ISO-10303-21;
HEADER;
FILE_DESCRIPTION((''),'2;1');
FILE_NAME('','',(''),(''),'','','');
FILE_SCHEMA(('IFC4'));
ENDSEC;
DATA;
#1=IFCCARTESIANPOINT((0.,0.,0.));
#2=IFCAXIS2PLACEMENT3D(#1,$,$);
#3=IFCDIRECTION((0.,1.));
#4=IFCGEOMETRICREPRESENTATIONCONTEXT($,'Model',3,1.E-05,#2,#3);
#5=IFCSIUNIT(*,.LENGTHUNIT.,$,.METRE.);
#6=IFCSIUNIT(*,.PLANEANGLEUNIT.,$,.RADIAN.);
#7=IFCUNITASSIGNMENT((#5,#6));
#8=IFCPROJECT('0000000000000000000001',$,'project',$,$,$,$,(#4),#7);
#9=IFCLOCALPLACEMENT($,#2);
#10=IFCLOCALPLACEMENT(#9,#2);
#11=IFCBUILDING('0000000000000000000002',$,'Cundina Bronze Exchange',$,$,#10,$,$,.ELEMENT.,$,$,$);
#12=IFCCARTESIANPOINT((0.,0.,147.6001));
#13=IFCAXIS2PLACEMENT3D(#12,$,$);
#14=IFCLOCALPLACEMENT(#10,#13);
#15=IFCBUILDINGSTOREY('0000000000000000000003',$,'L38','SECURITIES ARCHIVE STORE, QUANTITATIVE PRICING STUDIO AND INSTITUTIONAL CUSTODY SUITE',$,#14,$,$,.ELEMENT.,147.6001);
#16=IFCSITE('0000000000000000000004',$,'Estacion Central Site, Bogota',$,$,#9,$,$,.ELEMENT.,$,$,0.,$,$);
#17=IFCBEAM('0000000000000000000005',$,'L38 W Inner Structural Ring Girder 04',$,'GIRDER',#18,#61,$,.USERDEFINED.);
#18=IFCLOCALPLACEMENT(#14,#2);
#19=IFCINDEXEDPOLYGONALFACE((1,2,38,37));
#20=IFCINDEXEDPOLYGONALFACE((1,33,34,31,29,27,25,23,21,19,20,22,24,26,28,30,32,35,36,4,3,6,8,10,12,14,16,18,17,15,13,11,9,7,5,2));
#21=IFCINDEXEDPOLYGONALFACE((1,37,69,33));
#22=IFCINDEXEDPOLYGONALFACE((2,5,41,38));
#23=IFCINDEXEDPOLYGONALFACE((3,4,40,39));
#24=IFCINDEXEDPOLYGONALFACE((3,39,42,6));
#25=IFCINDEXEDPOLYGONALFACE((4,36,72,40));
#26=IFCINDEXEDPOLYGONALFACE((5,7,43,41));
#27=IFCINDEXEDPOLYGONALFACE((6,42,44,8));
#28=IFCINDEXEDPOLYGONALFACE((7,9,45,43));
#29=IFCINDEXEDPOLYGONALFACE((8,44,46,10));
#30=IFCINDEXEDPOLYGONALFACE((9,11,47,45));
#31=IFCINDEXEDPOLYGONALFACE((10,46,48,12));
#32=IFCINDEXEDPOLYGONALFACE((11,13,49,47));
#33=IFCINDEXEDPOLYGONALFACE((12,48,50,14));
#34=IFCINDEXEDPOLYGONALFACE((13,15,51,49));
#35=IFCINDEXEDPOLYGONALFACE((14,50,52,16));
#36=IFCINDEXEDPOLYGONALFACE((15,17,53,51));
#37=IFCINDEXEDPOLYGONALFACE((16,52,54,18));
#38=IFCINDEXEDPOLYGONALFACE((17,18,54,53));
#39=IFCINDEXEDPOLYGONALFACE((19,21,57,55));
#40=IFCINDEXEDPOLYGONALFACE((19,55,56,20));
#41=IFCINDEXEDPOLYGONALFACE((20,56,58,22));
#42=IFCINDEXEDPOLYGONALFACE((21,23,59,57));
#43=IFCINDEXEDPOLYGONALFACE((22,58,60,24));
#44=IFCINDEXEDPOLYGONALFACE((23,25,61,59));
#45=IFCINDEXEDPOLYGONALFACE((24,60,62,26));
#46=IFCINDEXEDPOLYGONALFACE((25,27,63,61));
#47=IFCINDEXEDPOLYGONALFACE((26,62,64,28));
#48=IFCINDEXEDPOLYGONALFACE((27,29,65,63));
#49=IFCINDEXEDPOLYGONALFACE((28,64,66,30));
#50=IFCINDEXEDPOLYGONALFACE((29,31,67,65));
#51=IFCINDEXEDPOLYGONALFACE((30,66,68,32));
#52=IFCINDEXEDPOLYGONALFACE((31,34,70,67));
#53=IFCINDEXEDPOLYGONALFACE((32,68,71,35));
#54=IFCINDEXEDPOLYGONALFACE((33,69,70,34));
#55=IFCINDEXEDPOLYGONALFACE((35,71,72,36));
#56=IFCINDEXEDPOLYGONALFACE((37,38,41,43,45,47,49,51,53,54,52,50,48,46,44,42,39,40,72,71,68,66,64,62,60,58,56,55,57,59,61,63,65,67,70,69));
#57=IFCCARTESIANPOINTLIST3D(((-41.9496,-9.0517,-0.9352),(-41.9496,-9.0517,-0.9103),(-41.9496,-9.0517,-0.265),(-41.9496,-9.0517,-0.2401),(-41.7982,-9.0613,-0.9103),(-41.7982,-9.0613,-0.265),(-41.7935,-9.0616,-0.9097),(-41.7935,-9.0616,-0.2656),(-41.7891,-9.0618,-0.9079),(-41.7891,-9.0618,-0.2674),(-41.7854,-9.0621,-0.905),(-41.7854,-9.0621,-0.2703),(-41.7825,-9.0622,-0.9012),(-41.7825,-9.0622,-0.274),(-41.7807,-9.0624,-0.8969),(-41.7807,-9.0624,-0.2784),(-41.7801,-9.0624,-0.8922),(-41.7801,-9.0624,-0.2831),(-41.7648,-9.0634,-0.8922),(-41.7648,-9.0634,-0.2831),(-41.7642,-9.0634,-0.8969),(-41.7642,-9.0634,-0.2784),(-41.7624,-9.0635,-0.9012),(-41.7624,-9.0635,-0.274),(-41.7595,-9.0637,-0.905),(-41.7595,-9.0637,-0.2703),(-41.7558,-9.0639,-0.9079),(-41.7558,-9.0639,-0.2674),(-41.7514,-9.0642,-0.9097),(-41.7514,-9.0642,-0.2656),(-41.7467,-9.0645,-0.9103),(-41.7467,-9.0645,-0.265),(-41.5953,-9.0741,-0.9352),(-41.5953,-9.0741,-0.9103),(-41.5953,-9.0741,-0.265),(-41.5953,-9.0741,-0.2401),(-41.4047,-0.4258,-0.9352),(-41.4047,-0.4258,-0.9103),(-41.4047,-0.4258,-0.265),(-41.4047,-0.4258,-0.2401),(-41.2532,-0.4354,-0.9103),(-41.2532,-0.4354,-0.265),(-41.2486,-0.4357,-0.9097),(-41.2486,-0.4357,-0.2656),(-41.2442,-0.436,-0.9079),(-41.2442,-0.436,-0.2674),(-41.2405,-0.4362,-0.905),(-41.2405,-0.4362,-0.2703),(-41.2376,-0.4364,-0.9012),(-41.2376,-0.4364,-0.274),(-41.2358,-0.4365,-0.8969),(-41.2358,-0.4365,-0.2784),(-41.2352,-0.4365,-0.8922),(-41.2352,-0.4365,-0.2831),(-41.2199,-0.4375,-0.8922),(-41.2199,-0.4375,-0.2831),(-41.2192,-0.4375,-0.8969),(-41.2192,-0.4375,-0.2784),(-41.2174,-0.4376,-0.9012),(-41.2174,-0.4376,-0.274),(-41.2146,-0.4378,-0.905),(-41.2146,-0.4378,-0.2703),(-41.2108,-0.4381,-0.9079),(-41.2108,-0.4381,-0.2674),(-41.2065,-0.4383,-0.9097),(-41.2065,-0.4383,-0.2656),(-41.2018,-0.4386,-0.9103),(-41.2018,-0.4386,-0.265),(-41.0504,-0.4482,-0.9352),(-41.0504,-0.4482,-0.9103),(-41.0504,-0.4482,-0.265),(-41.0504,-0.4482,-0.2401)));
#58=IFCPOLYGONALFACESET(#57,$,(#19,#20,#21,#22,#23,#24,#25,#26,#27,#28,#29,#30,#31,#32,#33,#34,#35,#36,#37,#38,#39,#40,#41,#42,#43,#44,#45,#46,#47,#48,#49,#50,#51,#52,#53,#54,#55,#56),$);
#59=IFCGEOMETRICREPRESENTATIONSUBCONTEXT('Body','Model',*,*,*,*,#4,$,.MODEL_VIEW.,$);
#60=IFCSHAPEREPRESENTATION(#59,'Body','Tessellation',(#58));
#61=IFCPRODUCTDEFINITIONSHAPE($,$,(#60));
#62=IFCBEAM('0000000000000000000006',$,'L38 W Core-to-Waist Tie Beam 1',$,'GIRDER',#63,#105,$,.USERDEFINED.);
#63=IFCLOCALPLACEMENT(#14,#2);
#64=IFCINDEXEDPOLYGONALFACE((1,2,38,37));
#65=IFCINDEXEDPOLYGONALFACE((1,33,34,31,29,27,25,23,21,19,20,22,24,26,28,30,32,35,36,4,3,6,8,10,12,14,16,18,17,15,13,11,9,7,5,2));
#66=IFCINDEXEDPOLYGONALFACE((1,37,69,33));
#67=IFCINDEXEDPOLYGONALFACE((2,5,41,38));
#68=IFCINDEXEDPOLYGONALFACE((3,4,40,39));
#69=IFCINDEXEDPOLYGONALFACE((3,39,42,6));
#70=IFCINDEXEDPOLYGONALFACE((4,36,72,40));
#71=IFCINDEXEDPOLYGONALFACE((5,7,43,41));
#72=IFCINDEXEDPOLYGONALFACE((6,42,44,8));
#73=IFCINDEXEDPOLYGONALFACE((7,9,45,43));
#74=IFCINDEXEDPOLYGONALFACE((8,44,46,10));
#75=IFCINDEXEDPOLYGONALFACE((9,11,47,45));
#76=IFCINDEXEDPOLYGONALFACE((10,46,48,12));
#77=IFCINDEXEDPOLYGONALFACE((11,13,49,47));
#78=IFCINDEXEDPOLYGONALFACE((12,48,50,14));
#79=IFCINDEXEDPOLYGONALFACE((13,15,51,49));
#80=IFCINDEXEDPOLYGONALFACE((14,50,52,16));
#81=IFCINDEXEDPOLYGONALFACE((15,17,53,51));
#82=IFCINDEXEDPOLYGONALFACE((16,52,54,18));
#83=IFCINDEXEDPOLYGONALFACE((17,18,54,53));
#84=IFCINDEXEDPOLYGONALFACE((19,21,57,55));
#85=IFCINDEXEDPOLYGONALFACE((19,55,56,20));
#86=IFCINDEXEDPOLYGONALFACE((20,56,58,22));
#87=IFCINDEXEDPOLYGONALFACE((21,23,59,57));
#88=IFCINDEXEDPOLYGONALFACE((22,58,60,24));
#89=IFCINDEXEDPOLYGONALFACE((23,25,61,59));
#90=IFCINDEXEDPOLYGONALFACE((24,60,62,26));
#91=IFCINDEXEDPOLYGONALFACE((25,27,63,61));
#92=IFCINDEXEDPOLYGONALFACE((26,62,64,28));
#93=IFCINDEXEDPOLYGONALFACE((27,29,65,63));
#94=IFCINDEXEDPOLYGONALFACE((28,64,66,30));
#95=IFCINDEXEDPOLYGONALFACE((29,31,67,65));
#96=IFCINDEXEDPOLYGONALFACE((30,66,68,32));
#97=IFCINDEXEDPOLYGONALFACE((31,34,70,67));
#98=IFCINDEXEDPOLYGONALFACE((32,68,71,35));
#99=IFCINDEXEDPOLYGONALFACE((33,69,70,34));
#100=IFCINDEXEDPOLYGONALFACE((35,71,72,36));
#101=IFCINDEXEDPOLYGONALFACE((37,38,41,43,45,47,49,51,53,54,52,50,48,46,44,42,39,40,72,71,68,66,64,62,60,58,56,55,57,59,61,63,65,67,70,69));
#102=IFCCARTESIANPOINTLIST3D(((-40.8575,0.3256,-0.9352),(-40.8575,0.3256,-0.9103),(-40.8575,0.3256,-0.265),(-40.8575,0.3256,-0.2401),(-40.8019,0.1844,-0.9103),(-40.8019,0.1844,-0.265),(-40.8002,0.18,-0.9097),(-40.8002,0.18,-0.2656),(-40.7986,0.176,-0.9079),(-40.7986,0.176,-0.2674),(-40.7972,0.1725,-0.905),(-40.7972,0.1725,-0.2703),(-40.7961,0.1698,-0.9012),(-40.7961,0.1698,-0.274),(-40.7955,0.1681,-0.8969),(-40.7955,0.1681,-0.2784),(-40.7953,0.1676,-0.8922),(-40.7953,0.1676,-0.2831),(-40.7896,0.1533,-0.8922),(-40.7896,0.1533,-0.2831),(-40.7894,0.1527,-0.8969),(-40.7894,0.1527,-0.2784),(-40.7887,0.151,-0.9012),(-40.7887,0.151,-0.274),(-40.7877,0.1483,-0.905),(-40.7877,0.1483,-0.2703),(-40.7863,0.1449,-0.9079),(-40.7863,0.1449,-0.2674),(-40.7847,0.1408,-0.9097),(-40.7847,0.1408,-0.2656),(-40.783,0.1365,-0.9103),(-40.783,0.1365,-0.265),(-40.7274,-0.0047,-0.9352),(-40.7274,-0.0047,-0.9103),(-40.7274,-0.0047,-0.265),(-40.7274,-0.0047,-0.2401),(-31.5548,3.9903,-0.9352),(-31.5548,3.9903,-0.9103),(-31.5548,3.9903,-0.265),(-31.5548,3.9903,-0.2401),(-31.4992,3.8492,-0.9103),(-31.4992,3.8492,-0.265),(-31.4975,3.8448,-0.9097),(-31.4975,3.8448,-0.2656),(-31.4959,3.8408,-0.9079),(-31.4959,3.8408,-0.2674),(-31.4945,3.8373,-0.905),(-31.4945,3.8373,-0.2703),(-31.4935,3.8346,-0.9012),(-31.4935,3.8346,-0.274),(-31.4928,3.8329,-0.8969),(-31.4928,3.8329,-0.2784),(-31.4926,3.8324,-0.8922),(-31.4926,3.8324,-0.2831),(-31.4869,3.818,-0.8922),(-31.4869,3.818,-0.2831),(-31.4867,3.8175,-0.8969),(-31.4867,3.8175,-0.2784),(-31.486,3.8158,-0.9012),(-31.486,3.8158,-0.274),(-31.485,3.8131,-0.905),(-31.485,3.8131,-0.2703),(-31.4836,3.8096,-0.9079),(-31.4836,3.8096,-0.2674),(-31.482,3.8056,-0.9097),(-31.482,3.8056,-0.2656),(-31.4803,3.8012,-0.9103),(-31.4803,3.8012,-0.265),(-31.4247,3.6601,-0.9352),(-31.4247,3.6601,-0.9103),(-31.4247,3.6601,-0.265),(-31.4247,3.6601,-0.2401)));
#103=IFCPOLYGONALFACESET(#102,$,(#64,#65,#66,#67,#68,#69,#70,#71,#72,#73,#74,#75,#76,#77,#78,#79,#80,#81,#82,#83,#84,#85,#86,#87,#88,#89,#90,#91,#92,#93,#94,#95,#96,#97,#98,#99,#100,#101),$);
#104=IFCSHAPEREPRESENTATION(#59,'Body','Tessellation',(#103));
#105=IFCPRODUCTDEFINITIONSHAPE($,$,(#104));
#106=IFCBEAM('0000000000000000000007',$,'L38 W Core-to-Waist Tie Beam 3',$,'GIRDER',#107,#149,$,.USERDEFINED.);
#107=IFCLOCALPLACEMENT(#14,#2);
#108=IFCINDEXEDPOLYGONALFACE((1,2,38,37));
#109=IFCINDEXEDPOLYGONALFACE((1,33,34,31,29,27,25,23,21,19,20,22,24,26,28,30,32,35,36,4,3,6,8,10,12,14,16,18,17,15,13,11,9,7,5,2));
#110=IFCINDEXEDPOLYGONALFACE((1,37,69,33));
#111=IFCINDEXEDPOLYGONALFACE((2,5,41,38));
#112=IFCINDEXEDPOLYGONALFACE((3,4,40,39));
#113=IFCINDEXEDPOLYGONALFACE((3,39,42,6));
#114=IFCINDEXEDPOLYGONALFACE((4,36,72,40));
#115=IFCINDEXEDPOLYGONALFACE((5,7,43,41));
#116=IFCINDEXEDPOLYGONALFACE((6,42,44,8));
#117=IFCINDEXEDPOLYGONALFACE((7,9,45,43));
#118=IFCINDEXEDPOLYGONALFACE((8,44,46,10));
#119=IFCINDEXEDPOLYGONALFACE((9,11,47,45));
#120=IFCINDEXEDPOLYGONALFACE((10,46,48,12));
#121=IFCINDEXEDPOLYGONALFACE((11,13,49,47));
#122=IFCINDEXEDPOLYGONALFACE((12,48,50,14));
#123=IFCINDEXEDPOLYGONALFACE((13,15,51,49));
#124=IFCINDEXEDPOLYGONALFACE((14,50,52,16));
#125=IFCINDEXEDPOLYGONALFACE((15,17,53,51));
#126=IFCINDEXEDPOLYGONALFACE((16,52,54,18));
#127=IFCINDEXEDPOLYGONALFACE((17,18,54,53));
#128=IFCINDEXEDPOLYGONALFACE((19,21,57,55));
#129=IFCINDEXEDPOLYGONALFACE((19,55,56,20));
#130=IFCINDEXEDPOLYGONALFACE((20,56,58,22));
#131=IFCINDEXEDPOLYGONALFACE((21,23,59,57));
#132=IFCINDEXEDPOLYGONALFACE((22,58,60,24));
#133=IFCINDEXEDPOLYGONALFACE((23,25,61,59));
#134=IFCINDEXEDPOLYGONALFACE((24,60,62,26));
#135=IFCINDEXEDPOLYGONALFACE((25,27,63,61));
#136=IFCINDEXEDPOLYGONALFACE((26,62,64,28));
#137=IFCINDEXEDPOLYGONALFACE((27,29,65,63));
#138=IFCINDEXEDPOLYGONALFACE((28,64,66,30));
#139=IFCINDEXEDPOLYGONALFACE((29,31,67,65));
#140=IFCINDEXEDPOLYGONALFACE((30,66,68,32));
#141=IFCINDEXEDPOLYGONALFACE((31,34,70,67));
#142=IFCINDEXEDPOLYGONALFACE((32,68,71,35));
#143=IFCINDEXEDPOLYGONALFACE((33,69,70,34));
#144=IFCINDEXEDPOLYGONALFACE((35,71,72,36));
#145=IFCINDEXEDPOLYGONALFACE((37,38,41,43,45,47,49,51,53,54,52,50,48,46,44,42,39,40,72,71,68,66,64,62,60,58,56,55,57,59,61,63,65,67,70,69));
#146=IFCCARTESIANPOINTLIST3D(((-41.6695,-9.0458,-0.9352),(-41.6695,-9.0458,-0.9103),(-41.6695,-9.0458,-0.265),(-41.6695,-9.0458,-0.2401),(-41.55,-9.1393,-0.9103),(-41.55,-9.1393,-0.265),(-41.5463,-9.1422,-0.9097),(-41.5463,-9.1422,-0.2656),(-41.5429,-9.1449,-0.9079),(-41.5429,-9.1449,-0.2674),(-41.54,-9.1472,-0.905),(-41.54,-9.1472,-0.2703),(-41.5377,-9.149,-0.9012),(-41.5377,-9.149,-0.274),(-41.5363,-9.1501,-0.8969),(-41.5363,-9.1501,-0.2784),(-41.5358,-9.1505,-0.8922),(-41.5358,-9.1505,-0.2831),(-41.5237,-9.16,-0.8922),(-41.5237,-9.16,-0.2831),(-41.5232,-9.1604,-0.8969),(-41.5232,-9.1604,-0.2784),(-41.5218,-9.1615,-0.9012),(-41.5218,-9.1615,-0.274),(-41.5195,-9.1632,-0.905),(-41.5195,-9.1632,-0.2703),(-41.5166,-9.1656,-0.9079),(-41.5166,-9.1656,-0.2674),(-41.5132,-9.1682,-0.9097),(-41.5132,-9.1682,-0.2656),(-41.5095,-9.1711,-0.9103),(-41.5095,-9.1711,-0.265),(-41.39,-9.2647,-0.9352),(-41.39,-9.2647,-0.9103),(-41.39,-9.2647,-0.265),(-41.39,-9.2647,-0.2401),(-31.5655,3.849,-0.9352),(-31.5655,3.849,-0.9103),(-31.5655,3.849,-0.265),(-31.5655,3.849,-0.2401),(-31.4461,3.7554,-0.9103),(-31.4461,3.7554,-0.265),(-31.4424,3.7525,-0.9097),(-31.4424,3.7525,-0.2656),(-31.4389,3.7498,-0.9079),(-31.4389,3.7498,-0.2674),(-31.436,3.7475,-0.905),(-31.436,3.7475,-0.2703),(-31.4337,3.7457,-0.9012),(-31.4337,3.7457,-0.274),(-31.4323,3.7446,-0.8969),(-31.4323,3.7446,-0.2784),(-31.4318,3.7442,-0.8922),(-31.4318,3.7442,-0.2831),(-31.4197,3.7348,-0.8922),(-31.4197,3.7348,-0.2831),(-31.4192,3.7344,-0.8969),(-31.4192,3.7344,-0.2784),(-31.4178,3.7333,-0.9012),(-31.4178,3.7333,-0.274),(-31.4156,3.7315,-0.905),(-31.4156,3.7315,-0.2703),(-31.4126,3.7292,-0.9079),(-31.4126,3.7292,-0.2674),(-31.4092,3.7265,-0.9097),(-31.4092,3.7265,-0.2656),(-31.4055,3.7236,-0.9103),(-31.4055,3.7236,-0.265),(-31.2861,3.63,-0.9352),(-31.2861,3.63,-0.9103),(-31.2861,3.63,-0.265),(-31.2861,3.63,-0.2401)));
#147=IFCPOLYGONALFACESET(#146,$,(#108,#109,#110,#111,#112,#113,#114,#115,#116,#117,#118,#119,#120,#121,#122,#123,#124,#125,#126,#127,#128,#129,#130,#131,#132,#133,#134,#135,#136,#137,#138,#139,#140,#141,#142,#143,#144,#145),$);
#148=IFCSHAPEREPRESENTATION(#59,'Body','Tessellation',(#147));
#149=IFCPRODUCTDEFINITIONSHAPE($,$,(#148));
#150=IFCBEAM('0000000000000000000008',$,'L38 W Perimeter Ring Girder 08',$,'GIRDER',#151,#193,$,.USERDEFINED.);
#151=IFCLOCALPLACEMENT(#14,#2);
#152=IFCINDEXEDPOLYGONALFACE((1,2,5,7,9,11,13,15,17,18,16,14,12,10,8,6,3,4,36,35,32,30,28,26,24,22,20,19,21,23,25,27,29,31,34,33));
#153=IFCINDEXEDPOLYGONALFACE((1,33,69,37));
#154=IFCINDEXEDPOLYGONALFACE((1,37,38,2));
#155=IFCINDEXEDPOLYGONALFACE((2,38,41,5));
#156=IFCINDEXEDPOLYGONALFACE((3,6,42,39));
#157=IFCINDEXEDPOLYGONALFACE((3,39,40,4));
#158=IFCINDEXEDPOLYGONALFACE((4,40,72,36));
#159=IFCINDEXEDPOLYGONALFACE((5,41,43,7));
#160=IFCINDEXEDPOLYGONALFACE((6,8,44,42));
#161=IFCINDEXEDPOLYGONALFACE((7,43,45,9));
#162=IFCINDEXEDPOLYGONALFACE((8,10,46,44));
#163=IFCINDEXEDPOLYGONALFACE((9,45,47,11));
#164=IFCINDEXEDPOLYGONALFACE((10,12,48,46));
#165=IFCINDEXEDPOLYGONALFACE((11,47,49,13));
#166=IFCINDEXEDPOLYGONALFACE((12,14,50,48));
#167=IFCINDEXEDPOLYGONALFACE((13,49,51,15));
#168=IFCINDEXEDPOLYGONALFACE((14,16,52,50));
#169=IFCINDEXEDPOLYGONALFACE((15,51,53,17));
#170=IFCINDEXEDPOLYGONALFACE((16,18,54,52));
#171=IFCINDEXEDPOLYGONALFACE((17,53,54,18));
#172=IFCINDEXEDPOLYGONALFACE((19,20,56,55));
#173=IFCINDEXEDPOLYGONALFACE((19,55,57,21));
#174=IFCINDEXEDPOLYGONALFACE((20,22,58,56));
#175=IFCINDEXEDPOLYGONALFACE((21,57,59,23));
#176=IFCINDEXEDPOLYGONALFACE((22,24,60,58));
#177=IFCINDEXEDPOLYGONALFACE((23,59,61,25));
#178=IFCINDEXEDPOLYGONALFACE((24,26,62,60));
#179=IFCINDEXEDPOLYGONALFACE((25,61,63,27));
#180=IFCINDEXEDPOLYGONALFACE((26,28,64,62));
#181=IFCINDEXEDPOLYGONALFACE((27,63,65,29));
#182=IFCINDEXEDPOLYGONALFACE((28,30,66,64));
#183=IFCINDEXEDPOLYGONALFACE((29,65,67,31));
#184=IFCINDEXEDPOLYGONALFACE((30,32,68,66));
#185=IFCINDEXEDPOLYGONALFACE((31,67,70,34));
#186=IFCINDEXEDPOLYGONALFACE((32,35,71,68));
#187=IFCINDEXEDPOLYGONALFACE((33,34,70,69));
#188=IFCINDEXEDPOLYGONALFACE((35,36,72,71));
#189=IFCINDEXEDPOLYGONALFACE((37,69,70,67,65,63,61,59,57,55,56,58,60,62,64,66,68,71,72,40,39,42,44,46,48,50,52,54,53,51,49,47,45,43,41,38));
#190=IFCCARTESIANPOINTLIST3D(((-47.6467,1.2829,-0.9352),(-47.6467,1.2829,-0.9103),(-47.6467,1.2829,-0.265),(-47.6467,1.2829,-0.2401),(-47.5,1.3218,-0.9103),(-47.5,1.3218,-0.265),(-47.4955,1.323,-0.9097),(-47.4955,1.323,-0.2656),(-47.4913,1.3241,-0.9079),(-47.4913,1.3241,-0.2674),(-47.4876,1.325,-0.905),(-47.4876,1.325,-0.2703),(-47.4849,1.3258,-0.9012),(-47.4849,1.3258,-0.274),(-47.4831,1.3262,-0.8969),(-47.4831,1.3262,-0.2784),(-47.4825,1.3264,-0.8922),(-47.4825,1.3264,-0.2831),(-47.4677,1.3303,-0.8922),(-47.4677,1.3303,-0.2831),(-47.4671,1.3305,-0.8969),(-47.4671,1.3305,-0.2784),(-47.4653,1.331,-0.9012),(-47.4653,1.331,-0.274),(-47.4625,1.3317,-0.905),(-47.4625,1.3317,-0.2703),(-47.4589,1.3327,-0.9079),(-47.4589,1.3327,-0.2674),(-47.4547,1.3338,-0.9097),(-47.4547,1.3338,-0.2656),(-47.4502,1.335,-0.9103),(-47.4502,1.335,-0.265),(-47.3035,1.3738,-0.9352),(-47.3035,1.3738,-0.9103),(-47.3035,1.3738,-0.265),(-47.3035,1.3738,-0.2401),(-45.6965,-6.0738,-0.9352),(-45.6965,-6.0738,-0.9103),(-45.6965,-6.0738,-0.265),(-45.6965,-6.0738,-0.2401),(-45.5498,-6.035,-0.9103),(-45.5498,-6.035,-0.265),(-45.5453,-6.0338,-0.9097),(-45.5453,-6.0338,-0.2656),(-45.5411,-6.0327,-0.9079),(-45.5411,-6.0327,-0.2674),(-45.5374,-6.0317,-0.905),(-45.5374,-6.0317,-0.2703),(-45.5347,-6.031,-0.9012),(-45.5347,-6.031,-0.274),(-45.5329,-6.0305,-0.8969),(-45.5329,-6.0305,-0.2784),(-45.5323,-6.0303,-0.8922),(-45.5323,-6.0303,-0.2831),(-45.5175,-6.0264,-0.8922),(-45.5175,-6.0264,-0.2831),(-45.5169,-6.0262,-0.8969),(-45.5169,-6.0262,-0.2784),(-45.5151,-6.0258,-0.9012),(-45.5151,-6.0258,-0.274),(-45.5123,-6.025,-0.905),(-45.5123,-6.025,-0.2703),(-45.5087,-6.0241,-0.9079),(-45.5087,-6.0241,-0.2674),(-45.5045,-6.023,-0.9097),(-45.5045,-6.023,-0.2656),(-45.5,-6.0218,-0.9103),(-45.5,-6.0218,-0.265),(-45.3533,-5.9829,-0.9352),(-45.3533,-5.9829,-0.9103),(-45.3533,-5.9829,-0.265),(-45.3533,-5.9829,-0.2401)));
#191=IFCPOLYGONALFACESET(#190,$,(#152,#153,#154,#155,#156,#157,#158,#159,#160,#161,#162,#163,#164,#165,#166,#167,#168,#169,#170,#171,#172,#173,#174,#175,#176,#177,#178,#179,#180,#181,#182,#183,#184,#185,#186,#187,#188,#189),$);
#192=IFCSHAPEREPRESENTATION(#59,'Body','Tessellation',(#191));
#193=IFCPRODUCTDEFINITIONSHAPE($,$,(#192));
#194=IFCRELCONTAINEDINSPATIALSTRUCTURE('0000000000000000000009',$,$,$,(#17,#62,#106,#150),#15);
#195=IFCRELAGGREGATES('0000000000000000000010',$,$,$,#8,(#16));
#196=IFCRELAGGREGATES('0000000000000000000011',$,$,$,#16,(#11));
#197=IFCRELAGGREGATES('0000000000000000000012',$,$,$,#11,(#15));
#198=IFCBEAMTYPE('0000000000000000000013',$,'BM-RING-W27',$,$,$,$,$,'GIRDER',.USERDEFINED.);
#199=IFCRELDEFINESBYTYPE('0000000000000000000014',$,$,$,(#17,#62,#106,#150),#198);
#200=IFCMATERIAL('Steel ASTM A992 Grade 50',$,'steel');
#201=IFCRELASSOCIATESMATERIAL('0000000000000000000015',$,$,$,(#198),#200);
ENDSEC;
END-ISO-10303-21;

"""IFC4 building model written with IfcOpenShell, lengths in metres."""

from ifc_helpers import new_model, si_unit, direction, frame, origin, origin_2d, place, context, subcontext, project, spatial, i_section, extrude, material, material_profile, profile_set, type_object, element, save


model = new_model("IFC4")

# Units and contexts
model_context = context("Model", 3, precision=1e-05, world=origin(), true_north=direction((0.0, 1.0)))
body_context = subcontext(model_context, "Body", "Model", "MODEL_VIEW")
ifc_project = project(units=[si_unit("LENGTHUNIT", "METRE"), si_unit("PLANEANGLEUNIT", "RADIAN")], contexts=[model_context])

# Site, building, storey
site_placement = place(None, origin())
site = spatial("IfcSite", under=ifc_project, at=site_placement, Name="Estacion Central Site, Bogota", CompositionType="ELEMENT", RefElevation=0.0)
building_placement = place(site_placement, origin())
building = spatial("IfcBuilding", under=site, at=building_placement, Name="Cundina Bronze Exchange", CompositionType="ELEMENT")
storey_placement = place(building_placement, frame((0.0, 0.0, 147.6001)))
storey = spatial("IfcBuildingStorey", under=building, at=storey_placement, Name="L38", Description="SECURITIES ARCHIVE STORE, QUANTITATIVE PRICING STUDIO AND INSTITUTIONAL CUSTODY SUITE", CompositionType="ELEMENT", Elevation=147.6001)

# Shared definitions
ifc_material_1 = material(Name="Steel ASTM A992 Grade 50", Category="steel")

# Beams
ifc_material_profile_1 = material_profile(ifc_material_1, i_section(OverallWidth=0.355, OverallDepth=0.6951, WebThickness=0.0154, FlangeThickness=0.0249, FilletRadius=0.0181, at=origin_2d()), Name="W27X146", Category="steel")
ifc_profile_set_1 = profile_set([ifc_material_profile_1], Name="Steel ASTM A992 Grade 50")
beam_type_1 = type_object("IfcBeamType", Name="BM-RING-W27", ElementType="GIRDER", PredefinedType="USERDEFINED", material=ifc_profile_set_1)
beam_1_placement = place(storey_placement, frame((-41.2275, -0.437, -0.5876), z_axis=(-0.063047, -0.998011, 0.0), x_axis=(0.998011, -0.063047, 0.0)))
element("IfcBeam", 1, at=beam_1_placement, inside=storey, type_object=beam_type_1, Name="L38 W Inner Structural Ring Girder 04", ObjectType="GIRDER", PredefinedType="USERDEFINED", context=body_context, shape_type="SweptSolid", body=[
    extrude(i_section(OverallWidth=0.355, OverallDepth=0.6951, WebThickness=0.0154, FlangeThickness=0.0249, FilletRadius=0.0181, at=origin_2d()), origin(), (0.0, 0.0, 1.0), 8.6431),
])
beam_2_placement = place(storey_placement, frame((-31.4897, 3.8252, -0.5876), z_axis=(-0.930406, -0.366532, 0.0), x_axis=(0.366532, -0.930406, 0.0)))
element("IfcBeam", 2, at=beam_2_placement, inside=storey, type_object=beam_type_1, Name="L38 W Core-to-Waist Tie Beam 1", ObjectType="GIRDER", PredefinedType="USERDEFINED", context=body_context, shape_type="SweptSolid", body=[
    extrude(i_section(OverallWidth=0.355, OverallDepth=0.6951, WebThickness=0.0154, FlangeThickness=0.0249, FilletRadius=0.0181, at=origin_2d()), origin(), (0.0, 0.0, 1.0), 9.9985),
])
beam_3_placement = place(storey_placement, frame((-31.4258, 3.7395, -0.5876), z_axis=(-0.616779, -0.787136, 0.0), x_axis=(0.787136, -0.616779, 0.0)))
element("IfcBeam", 3, at=beam_3_placement, inside=storey, type_object=beam_type_1, Name="L38 W Core-to-Waist Tie Beam 3", ObjectType="GIRDER", PredefinedType="USERDEFINED", context=body_context, shape_type="SweptSolid", body=[
    extrude(i_section(OverallWidth=0.355, OverallDepth=0.6951, WebThickness=0.0154, FlangeThickness=0.0249, FilletRadius=0.0181, at=origin_2d()), origin(), (0.0, 0.0, 1.0), 16.3818),
])
for number, where, z_axis, x_axis, name in (
    (4, (-47.4751, 1.3284, -0.5876), (0.256241, -0.966613, 0.0), (0.966613, 0.256241, 0.0), "L38 W Perimeter Ring Girder 08"),
):
    element("IfcBeam", number, at=place(storey_placement, frame(where, z_axis=z_axis, x_axis=x_axis)), inside=storey, type_object=beam_type_1, Name=name, ObjectType="GIRDER", PredefinedType="USERDEFINED", context=body_context, shape_type="SweptSolid", body=[
        extrude(i_section(OverallWidth=0.355, OverallDepth=0.6951, WebThickness=0.0154, FlangeThickness=0.0249, FilletRadius=0.0181, at=origin_2d()), origin(), (0.0, 0.0, 1.0), 7.6108),
    ])

save(model, "model.ifc")
